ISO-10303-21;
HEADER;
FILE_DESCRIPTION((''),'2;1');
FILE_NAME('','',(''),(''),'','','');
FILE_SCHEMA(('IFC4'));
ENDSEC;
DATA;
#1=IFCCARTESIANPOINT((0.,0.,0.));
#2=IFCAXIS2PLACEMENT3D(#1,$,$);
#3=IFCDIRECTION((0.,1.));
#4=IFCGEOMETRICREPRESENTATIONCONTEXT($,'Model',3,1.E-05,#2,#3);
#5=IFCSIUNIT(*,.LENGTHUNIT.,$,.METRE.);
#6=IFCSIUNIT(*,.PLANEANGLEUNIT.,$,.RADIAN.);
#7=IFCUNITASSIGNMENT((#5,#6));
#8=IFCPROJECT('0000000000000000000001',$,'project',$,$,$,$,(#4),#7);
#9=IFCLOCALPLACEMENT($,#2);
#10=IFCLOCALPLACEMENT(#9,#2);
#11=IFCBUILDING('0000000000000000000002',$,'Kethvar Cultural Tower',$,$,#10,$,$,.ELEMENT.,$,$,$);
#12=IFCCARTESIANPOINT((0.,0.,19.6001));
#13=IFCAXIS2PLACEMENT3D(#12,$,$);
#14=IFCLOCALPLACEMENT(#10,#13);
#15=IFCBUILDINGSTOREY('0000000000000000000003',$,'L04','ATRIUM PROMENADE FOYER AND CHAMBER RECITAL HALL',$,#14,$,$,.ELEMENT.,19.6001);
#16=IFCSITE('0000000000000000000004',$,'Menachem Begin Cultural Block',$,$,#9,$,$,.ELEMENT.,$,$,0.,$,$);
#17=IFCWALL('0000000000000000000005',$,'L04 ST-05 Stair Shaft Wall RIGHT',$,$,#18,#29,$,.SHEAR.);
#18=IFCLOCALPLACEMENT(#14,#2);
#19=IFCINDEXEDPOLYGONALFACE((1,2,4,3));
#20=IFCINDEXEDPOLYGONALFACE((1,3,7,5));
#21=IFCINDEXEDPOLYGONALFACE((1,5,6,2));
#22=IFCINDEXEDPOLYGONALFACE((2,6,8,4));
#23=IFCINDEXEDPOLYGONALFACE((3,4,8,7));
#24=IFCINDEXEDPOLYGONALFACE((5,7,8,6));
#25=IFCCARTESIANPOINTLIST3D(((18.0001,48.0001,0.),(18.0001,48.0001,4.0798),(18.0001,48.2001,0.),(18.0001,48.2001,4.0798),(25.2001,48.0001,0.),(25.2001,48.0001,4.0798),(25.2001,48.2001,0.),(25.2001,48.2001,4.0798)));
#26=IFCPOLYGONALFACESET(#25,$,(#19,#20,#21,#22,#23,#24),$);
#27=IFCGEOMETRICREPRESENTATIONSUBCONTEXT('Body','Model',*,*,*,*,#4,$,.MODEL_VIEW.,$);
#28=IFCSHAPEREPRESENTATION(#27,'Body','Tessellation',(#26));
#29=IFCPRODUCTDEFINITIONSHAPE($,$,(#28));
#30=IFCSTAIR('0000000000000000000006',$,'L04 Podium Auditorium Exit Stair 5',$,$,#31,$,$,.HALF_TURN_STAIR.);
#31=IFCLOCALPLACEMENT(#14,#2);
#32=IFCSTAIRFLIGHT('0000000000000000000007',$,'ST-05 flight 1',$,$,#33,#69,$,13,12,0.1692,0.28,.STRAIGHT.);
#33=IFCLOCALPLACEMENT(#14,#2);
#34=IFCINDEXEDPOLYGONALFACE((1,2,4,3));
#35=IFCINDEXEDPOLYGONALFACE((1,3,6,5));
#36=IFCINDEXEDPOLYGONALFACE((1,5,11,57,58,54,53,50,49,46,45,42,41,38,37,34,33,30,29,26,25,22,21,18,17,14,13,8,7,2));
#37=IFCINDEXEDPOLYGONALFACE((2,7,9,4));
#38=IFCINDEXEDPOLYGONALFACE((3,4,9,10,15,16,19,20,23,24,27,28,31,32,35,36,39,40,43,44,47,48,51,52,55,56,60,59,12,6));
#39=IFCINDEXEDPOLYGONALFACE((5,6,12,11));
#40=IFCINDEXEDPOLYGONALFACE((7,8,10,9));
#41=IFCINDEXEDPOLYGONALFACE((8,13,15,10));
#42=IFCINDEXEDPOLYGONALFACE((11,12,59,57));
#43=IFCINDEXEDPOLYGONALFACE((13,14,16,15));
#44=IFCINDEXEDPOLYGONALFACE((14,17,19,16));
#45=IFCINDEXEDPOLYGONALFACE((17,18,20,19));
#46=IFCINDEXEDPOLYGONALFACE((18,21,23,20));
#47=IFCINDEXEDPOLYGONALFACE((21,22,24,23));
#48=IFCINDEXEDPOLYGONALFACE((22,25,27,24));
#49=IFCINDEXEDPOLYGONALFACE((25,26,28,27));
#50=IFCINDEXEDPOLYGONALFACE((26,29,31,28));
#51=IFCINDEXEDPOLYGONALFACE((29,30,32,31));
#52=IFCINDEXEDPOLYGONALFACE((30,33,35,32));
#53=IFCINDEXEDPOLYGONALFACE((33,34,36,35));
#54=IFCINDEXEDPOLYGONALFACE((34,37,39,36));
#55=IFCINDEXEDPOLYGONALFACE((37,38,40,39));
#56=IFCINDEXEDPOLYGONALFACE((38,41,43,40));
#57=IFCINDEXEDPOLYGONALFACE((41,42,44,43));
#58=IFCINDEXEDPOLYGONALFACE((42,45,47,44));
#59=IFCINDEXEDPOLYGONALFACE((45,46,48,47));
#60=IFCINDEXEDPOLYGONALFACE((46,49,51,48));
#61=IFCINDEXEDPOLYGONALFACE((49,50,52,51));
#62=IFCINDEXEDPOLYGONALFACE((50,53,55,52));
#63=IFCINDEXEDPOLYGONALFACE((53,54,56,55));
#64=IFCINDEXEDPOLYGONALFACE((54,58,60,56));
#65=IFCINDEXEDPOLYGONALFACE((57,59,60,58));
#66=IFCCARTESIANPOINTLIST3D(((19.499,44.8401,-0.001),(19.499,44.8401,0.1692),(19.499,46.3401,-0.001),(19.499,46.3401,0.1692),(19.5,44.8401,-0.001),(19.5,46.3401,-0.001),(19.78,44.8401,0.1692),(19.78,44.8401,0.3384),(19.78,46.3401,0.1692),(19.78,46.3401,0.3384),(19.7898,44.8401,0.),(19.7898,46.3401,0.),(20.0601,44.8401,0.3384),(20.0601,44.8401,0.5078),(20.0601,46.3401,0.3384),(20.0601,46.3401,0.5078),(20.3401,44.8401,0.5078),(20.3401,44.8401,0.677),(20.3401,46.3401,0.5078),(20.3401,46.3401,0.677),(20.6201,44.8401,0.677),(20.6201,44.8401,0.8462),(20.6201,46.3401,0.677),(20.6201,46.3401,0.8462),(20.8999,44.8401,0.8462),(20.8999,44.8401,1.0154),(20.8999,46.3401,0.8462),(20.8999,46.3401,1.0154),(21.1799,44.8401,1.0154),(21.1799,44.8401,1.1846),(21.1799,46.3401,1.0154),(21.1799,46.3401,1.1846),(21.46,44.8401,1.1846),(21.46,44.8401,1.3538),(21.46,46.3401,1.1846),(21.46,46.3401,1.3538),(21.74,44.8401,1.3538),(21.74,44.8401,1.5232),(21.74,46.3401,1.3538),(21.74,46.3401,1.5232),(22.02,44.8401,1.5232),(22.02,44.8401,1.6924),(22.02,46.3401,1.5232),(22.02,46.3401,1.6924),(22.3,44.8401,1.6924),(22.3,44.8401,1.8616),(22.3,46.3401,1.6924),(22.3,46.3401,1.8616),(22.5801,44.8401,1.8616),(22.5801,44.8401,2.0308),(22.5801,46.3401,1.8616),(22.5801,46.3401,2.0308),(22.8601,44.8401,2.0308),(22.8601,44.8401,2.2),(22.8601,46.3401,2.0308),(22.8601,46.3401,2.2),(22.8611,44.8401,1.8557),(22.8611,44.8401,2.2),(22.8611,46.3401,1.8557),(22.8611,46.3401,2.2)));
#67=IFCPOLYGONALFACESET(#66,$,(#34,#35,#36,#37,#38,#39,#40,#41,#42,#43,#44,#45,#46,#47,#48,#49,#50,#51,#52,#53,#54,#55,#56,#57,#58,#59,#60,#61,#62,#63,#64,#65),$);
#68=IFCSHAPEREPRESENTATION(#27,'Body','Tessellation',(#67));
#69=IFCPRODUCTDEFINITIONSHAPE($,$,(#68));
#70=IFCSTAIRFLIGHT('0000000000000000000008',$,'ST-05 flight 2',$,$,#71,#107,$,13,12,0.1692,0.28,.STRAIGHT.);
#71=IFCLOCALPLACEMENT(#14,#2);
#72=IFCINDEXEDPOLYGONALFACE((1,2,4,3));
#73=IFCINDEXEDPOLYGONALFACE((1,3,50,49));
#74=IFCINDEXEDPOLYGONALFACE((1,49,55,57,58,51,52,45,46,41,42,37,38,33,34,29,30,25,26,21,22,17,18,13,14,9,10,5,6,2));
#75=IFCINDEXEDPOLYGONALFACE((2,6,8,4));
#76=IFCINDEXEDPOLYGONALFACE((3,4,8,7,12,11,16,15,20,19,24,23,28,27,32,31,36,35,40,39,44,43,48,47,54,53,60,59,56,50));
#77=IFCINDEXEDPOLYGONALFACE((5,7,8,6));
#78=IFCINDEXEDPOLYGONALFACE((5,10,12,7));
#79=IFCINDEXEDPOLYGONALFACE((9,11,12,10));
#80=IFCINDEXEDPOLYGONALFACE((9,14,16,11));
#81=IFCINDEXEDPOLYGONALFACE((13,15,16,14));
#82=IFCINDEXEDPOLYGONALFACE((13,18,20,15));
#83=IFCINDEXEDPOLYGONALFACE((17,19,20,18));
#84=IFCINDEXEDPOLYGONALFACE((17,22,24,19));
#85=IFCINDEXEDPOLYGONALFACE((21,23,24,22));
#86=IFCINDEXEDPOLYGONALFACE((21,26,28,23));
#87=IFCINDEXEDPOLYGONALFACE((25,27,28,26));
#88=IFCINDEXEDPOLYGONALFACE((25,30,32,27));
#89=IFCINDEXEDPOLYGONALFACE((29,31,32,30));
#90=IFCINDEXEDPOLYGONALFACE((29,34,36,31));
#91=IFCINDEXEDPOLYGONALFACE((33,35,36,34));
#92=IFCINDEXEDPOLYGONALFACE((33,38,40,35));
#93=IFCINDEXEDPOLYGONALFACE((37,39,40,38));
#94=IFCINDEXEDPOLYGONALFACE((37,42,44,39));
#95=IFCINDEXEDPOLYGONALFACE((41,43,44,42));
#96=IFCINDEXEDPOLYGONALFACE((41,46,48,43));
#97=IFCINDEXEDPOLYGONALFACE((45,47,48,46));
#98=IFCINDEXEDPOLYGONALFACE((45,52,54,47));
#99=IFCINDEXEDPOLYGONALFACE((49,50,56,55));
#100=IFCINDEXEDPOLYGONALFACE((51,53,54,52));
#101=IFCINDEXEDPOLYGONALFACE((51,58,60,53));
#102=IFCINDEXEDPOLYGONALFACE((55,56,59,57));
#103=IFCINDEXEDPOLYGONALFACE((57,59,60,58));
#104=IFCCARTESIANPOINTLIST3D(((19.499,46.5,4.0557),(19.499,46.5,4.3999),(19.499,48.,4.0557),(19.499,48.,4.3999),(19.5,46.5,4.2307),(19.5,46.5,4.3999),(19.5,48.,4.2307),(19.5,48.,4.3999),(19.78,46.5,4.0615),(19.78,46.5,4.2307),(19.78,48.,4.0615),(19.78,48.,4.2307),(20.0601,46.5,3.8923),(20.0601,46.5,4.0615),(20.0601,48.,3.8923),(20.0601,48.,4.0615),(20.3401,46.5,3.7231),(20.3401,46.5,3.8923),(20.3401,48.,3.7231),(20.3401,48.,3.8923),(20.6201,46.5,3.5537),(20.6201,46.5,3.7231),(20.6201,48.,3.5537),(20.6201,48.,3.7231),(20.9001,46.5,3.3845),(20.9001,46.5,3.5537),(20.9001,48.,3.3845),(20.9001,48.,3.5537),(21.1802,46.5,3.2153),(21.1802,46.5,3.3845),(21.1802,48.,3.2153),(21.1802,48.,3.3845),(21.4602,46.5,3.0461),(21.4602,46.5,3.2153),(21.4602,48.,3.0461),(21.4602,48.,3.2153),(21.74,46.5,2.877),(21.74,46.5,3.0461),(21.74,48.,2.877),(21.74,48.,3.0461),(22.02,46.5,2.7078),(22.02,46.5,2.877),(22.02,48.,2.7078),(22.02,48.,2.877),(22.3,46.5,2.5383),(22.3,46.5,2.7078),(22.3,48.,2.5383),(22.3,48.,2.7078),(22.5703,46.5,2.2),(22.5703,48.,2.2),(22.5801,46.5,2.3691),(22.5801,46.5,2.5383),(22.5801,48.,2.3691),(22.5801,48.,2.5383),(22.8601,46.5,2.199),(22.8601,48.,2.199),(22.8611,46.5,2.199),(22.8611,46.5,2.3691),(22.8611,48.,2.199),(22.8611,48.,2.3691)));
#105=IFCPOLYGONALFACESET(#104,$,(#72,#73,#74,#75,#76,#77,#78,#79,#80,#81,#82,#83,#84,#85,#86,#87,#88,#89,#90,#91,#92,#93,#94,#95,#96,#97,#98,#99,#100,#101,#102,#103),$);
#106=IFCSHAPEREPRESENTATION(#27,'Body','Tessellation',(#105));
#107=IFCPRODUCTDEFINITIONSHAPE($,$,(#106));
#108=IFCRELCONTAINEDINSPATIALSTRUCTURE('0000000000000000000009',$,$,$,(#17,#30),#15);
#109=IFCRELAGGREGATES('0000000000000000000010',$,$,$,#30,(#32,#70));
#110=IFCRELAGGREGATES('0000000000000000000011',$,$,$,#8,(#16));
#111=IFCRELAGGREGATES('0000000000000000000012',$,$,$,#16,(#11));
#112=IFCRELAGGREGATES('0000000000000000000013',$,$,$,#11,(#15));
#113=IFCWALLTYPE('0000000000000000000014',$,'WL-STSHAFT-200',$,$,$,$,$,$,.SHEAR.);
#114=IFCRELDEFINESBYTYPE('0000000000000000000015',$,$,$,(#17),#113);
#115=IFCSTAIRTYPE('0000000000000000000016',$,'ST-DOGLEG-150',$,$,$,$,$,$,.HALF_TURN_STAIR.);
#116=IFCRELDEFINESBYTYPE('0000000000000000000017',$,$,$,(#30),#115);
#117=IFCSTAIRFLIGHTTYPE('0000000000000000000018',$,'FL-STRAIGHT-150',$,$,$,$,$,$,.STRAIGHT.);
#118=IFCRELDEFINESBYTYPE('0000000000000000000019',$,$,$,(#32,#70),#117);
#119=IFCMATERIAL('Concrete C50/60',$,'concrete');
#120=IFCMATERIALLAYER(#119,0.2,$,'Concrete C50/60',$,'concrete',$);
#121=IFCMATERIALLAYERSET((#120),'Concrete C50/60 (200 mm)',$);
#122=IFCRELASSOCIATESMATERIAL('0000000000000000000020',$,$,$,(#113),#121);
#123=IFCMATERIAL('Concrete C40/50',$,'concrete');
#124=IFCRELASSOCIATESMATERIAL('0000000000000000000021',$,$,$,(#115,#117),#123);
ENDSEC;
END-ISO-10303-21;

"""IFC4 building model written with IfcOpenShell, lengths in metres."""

from ifc_helpers import new_model, si_unit, direction, frame, frame_2d, origin, place, context, subcontext, project, spatial, polyline, rectangle, outline, extrude, material, layer, layer_set, type_object, element, aggregate, save


model = new_model("IFC4")

# Units and contexts
model_context = context("Model", 3, precision=1e-05, world=origin(), true_north=direction((0.0, 1.0)))
body_context = subcontext(model_context, "Body", "Model", "MODEL_VIEW")
ifc_project = project(units=[si_unit("LENGTHUNIT", "METRE"), si_unit("PLANEANGLEUNIT", "RADIAN")], contexts=[model_context])

# Site, building, storey
site_placement = place(None, origin())
site = spatial("IfcSite", under=ifc_project, at=site_placement, Name="Menachem Begin Cultural Block", CompositionType="ELEMENT", RefElevation=0.0)
building_placement = place(site_placement, origin())
building = spatial("IfcBuilding", under=site, at=building_placement, Name="Kethvar Cultural Tower", CompositionType="ELEMENT")
storey_placement = place(building_placement, frame((0.0, 0.0, 19.6001)))
storey = spatial("IfcBuildingStorey", under=building, at=storey_placement, Name="L04", Description="ATRIUM PROMENADE FOYER AND CHAMBER RECITAL HALL", CompositionType="ELEMENT", Elevation=19.6001)

# Wall
ifc_material_1 = material(Name="Concrete C50/60", Category="concrete")
ifc_layer_1 = layer(ifc_material_1, 0.2, Name="Concrete C50/60", Category="concrete")
ifc_layer_set_1 = layer_set([ifc_layer_1], Name="Concrete C50/60 (200 mm)")
wall_type = type_object("IfcWallType", Name="WL-STSHAFT-200", PredefinedType="SHEAR", material=ifc_layer_set_1)
wall_placement = place(storey_placement, frame((18.0, 48.1001, 0.0), z_axis=(0.0, 0.0, 1.0), x_axis=(1.0, 0.0, 0.0)))
element("IfcWall", 1, at=wall_placement, inside=storey, type_object=wall_type, Name="L04 ST-05 Stair Shaft Wall RIGHT", PredefinedType="SHEAR", context=body_context, shape_type="SweptSolid", body=[
    extrude(rectangle(XDim=7.2, YDim=0.2, at=frame_2d((3.6001, 0.0))), origin(), (0.0, 0.0, 1.0), 4.0798),
])

# Stair, stair flights
ifc_material_2 = material(Name="Concrete C40/50", Category="concrete")
stair_type = type_object("IfcStairType", Name="ST-DOGLEG-150", PredefinedType="HALF_TURN_STAIR", material=ifc_material_2)
stair_placement = place(storey_placement, origin())
stair = element("IfcStair", 2, at=stair_placement, inside=storey, type_object=stair_type, Name="L04 Podium Auditorium Exit Stair 5", PredefinedType="HALF_TURN_STAIR")
stair_flight_type = type_object("IfcStairFlightType", Name="FL-STRAIGHT-150", PredefinedType="STRAIGHT", material=ifc_material_2)
stair_flight_1_placement = place(storey_placement, frame((19.5, 45.5901, 0.0), z_axis=(0.0, 0.0, 1.0), x_axis=(1.0, 0.0, 0.0)))
stair_flight_1 = element("IfcStairFlight", 3, at=stair_flight_1_placement, type_object=stair_flight_type, Name="ST-05 flight 1", NumberOfRisers=13, NumberOfTreads=12, PredefinedType="STRAIGHT", RiserHeight=0.1692, TreadLength=0.28, context=body_context, shape_type="SweptSolid", body=[
    extrude(outline(polyline([(-0.001, -0.001), (-0.001, 0.1692), (0.28, 0.1692), (0.28, 0.3384), (0.5601, 0.3384), (0.5601, 0.5078), (0.8401, 0.5078), (0.8401, 0.677), (1.1201, 0.677), (1.1201, 0.8462), (1.3999, 0.8462), (1.3999, 1.0154), (1.6799, 1.0154), (1.6799, 1.1846), (1.96, 1.1846), (1.96, 1.3538), (2.24, 1.3538), (2.24, 1.5232), (2.52, 1.5232), (2.52, 1.6924), (2.8, 1.6924), (2.8, 1.8616), (3.0801, 1.8616), (3.0801, 2.0308), (3.3601, 2.0308), (3.3601, 2.2), (3.3611, 2.2), (3.3611, 1.8557), (0.2898, 0.0), (0.0, -0.001), (-0.001, -0.001)])), frame((0.0, 0.75, 0.0), z_axis=(0.0, -1.0, 0.0), x_axis=(1.0, 0.0, 0.0)), (0.0, 0.0, 1.0), 1.5),
])
stair_flight_2_placement = place(storey_placement, frame((22.8601, 47.25, 2.2), z_axis=(0.0, 0.0, 1.0), x_axis=(-1.0, 0.0, 0.0)))
stair_flight_2 = element("IfcStairFlight", 4, at=stair_flight_2_placement, type_object=stair_flight_type, Name="ST-05 flight 2", NumberOfRisers=13, NumberOfTreads=12, PredefinedType="STRAIGHT", RiserHeight=0.1692, TreadLength=0.28, context=body_context, shape_type="SweptSolid", body=[
    extrude(outline(polyline([(-0.001, -0.001), (-0.001, 0.1692), (0.28, 0.1692), (0.28, 0.3384), (0.5601, 0.3384), (0.5601, 0.5078), (0.8401, 0.5078), (0.8401, 0.677), (1.1201, 0.677), (1.1201, 0.8462), (1.3999, 0.8462), (1.3999, 1.0154), (1.6799, 1.0154), (1.6799, 1.1846), (1.96, 1.1846), (1.96, 1.3538), (2.24, 1.3538), (2.24, 1.5232), (2.52, 1.5232), (2.52, 1.6924), (2.8, 1.6924), (2.8, 1.8616), (3.0801, 1.8616), (3.0801, 2.0308), (3.3601, 2.0308), (3.3601, 2.2), (3.3611, 2.2), (3.3611, 1.8557), (0.2898, 0.0), (0.0, -0.001), (-0.001, -0.001)])), frame((0.0, 0.75, 0.0), z_axis=(0.0, -1.0, 0.0), x_axis=(1.0, 0.0, 0.0)), (0.0, 0.0, 1.0), 1.5),
])
aggregate(stair, [stair_flight_1, stair_flight_2])

save(model, "model.ifc")
